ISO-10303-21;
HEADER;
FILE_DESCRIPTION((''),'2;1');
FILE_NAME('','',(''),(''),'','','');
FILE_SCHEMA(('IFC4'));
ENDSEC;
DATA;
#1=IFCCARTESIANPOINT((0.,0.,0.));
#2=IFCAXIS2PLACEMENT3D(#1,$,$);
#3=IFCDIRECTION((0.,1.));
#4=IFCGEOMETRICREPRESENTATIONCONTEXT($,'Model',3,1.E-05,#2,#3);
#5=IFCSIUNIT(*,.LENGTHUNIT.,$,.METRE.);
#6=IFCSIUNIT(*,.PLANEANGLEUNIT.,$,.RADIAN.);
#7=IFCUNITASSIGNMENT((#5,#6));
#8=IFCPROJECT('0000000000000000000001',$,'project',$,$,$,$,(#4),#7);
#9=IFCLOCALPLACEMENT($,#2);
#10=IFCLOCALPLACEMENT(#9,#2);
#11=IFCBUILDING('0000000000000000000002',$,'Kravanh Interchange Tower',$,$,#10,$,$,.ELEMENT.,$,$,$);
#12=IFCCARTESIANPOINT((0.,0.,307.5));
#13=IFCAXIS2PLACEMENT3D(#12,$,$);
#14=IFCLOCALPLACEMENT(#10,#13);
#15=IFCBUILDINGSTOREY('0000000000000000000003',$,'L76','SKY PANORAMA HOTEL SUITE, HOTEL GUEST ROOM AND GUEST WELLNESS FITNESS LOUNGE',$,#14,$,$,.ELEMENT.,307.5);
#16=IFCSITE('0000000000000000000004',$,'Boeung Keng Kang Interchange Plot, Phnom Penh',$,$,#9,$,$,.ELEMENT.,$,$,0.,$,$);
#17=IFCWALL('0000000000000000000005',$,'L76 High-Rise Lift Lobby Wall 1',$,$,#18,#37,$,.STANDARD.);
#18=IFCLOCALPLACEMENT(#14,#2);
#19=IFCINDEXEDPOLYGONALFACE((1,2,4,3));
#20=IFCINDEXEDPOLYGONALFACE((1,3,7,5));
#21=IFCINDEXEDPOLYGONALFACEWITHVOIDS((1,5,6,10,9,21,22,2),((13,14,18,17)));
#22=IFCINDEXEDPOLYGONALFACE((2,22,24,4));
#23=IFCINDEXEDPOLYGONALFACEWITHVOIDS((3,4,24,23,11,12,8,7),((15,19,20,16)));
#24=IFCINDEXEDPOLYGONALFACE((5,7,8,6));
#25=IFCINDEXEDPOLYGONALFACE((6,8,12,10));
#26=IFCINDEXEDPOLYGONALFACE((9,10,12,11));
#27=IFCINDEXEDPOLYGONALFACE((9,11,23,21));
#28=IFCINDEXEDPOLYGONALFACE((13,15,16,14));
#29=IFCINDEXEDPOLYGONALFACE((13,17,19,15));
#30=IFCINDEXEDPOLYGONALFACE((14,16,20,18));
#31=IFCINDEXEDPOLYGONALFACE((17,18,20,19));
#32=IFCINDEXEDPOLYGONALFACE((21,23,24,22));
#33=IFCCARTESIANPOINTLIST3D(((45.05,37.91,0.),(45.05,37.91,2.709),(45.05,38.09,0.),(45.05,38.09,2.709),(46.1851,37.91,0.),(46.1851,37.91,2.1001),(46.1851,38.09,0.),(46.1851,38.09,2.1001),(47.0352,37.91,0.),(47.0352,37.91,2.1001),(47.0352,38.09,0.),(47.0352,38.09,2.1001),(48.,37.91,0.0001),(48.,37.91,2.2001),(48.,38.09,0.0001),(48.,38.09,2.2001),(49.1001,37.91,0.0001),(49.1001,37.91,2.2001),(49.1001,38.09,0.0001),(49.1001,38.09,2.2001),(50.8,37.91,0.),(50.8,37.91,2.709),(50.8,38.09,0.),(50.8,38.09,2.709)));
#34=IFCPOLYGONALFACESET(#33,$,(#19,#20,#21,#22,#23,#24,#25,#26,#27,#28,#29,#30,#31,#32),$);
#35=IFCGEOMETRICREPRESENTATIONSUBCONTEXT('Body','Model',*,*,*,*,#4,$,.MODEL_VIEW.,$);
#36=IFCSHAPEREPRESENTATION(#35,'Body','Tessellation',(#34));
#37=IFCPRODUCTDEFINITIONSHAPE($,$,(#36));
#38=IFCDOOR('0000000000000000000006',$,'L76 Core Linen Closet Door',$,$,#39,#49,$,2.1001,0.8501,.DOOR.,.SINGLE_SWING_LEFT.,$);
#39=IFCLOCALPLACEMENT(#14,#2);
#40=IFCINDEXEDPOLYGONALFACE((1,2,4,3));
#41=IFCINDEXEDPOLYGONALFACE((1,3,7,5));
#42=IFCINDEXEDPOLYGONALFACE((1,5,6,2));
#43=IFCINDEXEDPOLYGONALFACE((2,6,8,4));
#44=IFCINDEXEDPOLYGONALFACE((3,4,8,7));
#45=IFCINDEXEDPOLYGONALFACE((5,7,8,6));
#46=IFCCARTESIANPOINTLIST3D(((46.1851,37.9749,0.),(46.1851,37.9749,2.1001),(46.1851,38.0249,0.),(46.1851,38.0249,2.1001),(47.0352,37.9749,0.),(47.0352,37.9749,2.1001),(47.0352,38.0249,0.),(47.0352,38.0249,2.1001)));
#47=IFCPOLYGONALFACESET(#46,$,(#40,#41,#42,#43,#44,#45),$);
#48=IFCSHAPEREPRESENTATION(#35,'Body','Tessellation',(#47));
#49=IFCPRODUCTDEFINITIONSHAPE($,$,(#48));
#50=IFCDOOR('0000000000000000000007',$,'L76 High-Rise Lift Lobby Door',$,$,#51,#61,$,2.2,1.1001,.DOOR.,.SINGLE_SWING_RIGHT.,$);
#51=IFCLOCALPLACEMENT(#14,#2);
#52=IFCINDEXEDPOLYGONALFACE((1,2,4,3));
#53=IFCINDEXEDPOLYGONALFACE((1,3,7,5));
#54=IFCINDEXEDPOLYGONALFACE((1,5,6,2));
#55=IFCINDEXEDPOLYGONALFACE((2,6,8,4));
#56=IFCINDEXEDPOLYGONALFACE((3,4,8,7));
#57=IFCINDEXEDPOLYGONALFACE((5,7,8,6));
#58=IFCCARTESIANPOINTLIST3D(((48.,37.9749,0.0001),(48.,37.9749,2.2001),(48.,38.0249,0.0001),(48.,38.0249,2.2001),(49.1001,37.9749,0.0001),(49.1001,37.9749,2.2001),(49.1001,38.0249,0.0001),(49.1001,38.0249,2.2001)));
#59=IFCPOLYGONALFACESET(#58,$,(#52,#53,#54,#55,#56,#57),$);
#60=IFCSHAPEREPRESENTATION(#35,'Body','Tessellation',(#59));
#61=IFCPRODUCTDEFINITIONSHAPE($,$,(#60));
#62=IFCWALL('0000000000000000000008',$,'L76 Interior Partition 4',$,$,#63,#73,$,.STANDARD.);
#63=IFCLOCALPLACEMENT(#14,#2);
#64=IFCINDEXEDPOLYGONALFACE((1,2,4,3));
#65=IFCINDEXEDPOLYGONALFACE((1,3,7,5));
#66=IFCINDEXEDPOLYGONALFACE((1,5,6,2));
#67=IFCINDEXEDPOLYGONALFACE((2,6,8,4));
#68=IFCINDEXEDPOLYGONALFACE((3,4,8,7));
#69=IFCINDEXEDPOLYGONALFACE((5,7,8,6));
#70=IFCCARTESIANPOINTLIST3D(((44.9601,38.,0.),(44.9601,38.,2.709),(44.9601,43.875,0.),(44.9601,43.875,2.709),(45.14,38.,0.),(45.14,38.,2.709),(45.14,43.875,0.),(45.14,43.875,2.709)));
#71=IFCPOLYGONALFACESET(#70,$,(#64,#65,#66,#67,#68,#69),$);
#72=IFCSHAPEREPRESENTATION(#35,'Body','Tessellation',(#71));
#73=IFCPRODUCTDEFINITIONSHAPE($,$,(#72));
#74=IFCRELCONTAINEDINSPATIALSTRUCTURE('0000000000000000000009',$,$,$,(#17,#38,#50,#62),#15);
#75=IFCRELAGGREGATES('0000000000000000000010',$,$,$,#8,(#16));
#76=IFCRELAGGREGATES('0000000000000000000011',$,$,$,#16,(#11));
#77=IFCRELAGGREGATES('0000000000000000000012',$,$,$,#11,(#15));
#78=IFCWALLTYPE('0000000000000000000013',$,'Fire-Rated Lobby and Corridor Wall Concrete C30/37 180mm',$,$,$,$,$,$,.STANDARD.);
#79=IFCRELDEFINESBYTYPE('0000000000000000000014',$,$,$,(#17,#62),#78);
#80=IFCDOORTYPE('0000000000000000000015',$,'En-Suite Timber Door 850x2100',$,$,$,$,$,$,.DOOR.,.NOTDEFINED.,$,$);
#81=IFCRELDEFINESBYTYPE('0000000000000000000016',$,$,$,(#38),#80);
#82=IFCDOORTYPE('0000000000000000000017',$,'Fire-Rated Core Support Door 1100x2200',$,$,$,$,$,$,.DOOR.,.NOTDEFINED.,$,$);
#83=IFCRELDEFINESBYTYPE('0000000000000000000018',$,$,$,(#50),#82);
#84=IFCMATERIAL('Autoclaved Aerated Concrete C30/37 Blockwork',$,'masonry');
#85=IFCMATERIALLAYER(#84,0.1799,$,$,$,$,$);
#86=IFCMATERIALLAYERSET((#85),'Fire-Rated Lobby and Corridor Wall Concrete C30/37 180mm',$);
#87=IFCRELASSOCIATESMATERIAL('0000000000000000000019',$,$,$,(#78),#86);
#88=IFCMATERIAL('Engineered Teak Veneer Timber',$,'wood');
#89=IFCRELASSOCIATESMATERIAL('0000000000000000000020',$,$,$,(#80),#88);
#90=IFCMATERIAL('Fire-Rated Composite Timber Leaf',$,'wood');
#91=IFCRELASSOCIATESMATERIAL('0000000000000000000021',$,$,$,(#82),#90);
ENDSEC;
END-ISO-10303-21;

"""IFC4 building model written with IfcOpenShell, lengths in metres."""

from ifc_helpers import new_model, si_unit, direction, frame, frame_2d, origin, place, context, subcontext, project, spatial, rectangle, extrude, material, layer, layer_set, type_object, element, fill, save


model = new_model("IFC4")

# Units and contexts
model_context = context("Model", 3, precision=1e-05, world=origin(), true_north=direction((0.0, 1.0)))
body_context = subcontext(model_context, "Body", "Model", "MODEL_VIEW")
ifc_project = project(units=[si_unit("LENGTHUNIT", "METRE"), si_unit("PLANEANGLEUNIT", "RADIAN")], contexts=[model_context])

# Site, building, storey
site_placement = place(None, origin())
site = spatial("IfcSite", under=ifc_project, at=site_placement, Name="Boeung Keng Kang Interchange Plot, Phnom Penh", CompositionType="ELEMENT", RefElevation=0.0)
building_placement = place(site_placement, origin())
building = spatial("IfcBuilding", under=site, at=building_placement, Name="Kravanh Interchange Tower", CompositionType="ELEMENT")
storey_placement = place(building_placement, frame((0.0, 0.0, 307.5)))
storey = spatial("IfcBuildingStorey", under=building, at=storey_placement, Name="L76", Description="SKY PANORAMA HOTEL SUITE, HOTEL GUEST ROOM AND GUEST WELLNESS FITNESS LOUNGE", CompositionType="ELEMENT", Elevation=307.5)

# Wall, openings, doors
ifc_material_1 = material(Name="Autoclaved Aerated Concrete C30/37 Blockwork", Category="masonry")
ifc_layer_1 = layer(ifc_material_1, 0.1799)
ifc_layer_set_1 = layer_set([ifc_layer_1], Name="Fire-Rated Lobby and Corridor Wall Concrete C30/37 180mm")
wall_type_1 = type_object("IfcWallType", Name="Fire-Rated Lobby and Corridor Wall Concrete C30/37 180mm", PredefinedType="STANDARD", material=ifc_layer_set_1)
wall_1_placement = place(storey_placement, frame((45.05, 38.0, 0.0), z_axis=(0.0, 0.0, 1.0), x_axis=(1.0, 0.0, 0.0)))
wall_1 = element("IfcWall", 1, at=wall_1_placement, inside=storey, type_object=wall_type_1, Name="L76 High-Rise Lift Lobby Wall 1", PredefinedType="STANDARD", context=body_context, shape_type="SweptSolid", body=[
    extrude(rectangle(XDim=5.75, YDim=0.1799, at=frame_2d((2.875, 0.0))), origin(), (0.0, 0.0, 1.0), 2.709),
])
opening_1_placement = place(wall_1_placement, frame((1.135, 0.0, 0.0)))
opening_1 = element("IfcOpeningElement", 2, at=opening_1_placement, cuts=wall_1, PredefinedType="OPENING", context=body_context, shape_type="SweptSolid", body=[
    extrude(rectangle(XDim=0.8501, YDim=2.1001, at=frame_2d((0.425, 1.05))), frame((0.0, 0.1001, 0.0), z_axis=(0.0, -1.0, 0.0), x_axis=(1.0, 0.0, 0.0)), (0.0, 0.0, 1.0), 0.2),
])
opening_2_placement = place(wall_1_placement, frame((2.95, 0.0, 0.0)))
opening_2 = element("IfcOpeningElement", 3, at=opening_2_placement, cuts=wall_1, PredefinedType="OPENING", context=body_context, shape_type="SweptSolid", body=[
    extrude(rectangle(XDim=1.1001, YDim=2.2, at=frame_2d((0.55, 1.1001))), frame((0.0, 0.1001, 0.0), z_axis=(0.0, -1.0, 0.0), x_axis=(1.0, 0.0, 0.0)), (0.0, 0.0, 1.0), 0.2),
])
ifc_material_2 = material(Name="Engineered Teak Veneer Timber", Category="wood")
door_type_1 = type_object("IfcDoorType", Name="En-Suite Timber Door 850x2100", OperationType="NOTDEFINED", PredefinedType="DOOR", material=ifc_material_2)
door_1_placement = place(opening_1_placement, origin())
door_1 = element("IfcDoor", 4, at=door_1_placement, inside=storey, type_object=door_type_1, Name="L76 Core Linen Closet Door", OperationType="SINGLE_SWING_LEFT", OverallHeight=2.1001, OverallWidth=0.8501, PredefinedType="DOOR", context=body_context, shape_type="SweptSolid", body=[
    extrude(rectangle(XDim=0.8501, YDim=2.1001, at=frame_2d((0.425, 1.05))), frame((0.0, 0.0249, 0.0), z_axis=(0.0, -1.0, 0.0), x_axis=(1.0, 0.0, 0.0)), (0.0, 0.0, 1.0), 0.05),
])
fill(opening_1, door_1)
ifc_material_3 = material(Name="Fire-Rated Composite Timber Leaf", Category="wood")
door_type_2 = type_object("IfcDoorType", Name="Fire-Rated Core Support Door 1100x2200", OperationType="NOTDEFINED", PredefinedType="DOOR", material=ifc_material_3)
door_2_placement = place(opening_2_placement, origin())
door_2 = element("IfcDoor", 5, at=door_2_placement, inside=storey, type_object=door_type_2, Name="L76 High-Rise Lift Lobby Door", OperationType="SINGLE_SWING_RIGHT", OverallHeight=2.2, OverallWidth=1.1001, PredefinedType="DOOR", context=body_context, shape_type="SweptSolid", body=[
    extrude(rectangle(XDim=1.1001, YDim=2.2, at=frame_2d((0.55, 1.1001))), frame((0.0, 0.0249, 0.0), z_axis=(0.0, -1.0, 0.0), x_axis=(1.0, 0.0, 0.0)), (0.0, 0.0, 1.0), 0.05),
])
fill(opening_2, door_2)

# Wall
wall_2_placement = place(storey_placement, frame((45.05, 38.0, 0.0), z_axis=(0.0, 0.0, 1.0), x_axis=(0.0, 1.0, 0.0)))
element("IfcWall", 6, at=wall_2_placement, inside=storey, type_object=wall_type_1, Name="L76 Interior Partition 4", PredefinedType="STANDARD", context=body_context, shape_type="SweptSolid", body=[
    extrude(rectangle(XDim=5.875, YDim=0.1799, at=frame_2d((2.9375, 0.0))), origin(), (0.0, 0.0, 1.0), 2.709),
])

save(model, "model.ifc")
